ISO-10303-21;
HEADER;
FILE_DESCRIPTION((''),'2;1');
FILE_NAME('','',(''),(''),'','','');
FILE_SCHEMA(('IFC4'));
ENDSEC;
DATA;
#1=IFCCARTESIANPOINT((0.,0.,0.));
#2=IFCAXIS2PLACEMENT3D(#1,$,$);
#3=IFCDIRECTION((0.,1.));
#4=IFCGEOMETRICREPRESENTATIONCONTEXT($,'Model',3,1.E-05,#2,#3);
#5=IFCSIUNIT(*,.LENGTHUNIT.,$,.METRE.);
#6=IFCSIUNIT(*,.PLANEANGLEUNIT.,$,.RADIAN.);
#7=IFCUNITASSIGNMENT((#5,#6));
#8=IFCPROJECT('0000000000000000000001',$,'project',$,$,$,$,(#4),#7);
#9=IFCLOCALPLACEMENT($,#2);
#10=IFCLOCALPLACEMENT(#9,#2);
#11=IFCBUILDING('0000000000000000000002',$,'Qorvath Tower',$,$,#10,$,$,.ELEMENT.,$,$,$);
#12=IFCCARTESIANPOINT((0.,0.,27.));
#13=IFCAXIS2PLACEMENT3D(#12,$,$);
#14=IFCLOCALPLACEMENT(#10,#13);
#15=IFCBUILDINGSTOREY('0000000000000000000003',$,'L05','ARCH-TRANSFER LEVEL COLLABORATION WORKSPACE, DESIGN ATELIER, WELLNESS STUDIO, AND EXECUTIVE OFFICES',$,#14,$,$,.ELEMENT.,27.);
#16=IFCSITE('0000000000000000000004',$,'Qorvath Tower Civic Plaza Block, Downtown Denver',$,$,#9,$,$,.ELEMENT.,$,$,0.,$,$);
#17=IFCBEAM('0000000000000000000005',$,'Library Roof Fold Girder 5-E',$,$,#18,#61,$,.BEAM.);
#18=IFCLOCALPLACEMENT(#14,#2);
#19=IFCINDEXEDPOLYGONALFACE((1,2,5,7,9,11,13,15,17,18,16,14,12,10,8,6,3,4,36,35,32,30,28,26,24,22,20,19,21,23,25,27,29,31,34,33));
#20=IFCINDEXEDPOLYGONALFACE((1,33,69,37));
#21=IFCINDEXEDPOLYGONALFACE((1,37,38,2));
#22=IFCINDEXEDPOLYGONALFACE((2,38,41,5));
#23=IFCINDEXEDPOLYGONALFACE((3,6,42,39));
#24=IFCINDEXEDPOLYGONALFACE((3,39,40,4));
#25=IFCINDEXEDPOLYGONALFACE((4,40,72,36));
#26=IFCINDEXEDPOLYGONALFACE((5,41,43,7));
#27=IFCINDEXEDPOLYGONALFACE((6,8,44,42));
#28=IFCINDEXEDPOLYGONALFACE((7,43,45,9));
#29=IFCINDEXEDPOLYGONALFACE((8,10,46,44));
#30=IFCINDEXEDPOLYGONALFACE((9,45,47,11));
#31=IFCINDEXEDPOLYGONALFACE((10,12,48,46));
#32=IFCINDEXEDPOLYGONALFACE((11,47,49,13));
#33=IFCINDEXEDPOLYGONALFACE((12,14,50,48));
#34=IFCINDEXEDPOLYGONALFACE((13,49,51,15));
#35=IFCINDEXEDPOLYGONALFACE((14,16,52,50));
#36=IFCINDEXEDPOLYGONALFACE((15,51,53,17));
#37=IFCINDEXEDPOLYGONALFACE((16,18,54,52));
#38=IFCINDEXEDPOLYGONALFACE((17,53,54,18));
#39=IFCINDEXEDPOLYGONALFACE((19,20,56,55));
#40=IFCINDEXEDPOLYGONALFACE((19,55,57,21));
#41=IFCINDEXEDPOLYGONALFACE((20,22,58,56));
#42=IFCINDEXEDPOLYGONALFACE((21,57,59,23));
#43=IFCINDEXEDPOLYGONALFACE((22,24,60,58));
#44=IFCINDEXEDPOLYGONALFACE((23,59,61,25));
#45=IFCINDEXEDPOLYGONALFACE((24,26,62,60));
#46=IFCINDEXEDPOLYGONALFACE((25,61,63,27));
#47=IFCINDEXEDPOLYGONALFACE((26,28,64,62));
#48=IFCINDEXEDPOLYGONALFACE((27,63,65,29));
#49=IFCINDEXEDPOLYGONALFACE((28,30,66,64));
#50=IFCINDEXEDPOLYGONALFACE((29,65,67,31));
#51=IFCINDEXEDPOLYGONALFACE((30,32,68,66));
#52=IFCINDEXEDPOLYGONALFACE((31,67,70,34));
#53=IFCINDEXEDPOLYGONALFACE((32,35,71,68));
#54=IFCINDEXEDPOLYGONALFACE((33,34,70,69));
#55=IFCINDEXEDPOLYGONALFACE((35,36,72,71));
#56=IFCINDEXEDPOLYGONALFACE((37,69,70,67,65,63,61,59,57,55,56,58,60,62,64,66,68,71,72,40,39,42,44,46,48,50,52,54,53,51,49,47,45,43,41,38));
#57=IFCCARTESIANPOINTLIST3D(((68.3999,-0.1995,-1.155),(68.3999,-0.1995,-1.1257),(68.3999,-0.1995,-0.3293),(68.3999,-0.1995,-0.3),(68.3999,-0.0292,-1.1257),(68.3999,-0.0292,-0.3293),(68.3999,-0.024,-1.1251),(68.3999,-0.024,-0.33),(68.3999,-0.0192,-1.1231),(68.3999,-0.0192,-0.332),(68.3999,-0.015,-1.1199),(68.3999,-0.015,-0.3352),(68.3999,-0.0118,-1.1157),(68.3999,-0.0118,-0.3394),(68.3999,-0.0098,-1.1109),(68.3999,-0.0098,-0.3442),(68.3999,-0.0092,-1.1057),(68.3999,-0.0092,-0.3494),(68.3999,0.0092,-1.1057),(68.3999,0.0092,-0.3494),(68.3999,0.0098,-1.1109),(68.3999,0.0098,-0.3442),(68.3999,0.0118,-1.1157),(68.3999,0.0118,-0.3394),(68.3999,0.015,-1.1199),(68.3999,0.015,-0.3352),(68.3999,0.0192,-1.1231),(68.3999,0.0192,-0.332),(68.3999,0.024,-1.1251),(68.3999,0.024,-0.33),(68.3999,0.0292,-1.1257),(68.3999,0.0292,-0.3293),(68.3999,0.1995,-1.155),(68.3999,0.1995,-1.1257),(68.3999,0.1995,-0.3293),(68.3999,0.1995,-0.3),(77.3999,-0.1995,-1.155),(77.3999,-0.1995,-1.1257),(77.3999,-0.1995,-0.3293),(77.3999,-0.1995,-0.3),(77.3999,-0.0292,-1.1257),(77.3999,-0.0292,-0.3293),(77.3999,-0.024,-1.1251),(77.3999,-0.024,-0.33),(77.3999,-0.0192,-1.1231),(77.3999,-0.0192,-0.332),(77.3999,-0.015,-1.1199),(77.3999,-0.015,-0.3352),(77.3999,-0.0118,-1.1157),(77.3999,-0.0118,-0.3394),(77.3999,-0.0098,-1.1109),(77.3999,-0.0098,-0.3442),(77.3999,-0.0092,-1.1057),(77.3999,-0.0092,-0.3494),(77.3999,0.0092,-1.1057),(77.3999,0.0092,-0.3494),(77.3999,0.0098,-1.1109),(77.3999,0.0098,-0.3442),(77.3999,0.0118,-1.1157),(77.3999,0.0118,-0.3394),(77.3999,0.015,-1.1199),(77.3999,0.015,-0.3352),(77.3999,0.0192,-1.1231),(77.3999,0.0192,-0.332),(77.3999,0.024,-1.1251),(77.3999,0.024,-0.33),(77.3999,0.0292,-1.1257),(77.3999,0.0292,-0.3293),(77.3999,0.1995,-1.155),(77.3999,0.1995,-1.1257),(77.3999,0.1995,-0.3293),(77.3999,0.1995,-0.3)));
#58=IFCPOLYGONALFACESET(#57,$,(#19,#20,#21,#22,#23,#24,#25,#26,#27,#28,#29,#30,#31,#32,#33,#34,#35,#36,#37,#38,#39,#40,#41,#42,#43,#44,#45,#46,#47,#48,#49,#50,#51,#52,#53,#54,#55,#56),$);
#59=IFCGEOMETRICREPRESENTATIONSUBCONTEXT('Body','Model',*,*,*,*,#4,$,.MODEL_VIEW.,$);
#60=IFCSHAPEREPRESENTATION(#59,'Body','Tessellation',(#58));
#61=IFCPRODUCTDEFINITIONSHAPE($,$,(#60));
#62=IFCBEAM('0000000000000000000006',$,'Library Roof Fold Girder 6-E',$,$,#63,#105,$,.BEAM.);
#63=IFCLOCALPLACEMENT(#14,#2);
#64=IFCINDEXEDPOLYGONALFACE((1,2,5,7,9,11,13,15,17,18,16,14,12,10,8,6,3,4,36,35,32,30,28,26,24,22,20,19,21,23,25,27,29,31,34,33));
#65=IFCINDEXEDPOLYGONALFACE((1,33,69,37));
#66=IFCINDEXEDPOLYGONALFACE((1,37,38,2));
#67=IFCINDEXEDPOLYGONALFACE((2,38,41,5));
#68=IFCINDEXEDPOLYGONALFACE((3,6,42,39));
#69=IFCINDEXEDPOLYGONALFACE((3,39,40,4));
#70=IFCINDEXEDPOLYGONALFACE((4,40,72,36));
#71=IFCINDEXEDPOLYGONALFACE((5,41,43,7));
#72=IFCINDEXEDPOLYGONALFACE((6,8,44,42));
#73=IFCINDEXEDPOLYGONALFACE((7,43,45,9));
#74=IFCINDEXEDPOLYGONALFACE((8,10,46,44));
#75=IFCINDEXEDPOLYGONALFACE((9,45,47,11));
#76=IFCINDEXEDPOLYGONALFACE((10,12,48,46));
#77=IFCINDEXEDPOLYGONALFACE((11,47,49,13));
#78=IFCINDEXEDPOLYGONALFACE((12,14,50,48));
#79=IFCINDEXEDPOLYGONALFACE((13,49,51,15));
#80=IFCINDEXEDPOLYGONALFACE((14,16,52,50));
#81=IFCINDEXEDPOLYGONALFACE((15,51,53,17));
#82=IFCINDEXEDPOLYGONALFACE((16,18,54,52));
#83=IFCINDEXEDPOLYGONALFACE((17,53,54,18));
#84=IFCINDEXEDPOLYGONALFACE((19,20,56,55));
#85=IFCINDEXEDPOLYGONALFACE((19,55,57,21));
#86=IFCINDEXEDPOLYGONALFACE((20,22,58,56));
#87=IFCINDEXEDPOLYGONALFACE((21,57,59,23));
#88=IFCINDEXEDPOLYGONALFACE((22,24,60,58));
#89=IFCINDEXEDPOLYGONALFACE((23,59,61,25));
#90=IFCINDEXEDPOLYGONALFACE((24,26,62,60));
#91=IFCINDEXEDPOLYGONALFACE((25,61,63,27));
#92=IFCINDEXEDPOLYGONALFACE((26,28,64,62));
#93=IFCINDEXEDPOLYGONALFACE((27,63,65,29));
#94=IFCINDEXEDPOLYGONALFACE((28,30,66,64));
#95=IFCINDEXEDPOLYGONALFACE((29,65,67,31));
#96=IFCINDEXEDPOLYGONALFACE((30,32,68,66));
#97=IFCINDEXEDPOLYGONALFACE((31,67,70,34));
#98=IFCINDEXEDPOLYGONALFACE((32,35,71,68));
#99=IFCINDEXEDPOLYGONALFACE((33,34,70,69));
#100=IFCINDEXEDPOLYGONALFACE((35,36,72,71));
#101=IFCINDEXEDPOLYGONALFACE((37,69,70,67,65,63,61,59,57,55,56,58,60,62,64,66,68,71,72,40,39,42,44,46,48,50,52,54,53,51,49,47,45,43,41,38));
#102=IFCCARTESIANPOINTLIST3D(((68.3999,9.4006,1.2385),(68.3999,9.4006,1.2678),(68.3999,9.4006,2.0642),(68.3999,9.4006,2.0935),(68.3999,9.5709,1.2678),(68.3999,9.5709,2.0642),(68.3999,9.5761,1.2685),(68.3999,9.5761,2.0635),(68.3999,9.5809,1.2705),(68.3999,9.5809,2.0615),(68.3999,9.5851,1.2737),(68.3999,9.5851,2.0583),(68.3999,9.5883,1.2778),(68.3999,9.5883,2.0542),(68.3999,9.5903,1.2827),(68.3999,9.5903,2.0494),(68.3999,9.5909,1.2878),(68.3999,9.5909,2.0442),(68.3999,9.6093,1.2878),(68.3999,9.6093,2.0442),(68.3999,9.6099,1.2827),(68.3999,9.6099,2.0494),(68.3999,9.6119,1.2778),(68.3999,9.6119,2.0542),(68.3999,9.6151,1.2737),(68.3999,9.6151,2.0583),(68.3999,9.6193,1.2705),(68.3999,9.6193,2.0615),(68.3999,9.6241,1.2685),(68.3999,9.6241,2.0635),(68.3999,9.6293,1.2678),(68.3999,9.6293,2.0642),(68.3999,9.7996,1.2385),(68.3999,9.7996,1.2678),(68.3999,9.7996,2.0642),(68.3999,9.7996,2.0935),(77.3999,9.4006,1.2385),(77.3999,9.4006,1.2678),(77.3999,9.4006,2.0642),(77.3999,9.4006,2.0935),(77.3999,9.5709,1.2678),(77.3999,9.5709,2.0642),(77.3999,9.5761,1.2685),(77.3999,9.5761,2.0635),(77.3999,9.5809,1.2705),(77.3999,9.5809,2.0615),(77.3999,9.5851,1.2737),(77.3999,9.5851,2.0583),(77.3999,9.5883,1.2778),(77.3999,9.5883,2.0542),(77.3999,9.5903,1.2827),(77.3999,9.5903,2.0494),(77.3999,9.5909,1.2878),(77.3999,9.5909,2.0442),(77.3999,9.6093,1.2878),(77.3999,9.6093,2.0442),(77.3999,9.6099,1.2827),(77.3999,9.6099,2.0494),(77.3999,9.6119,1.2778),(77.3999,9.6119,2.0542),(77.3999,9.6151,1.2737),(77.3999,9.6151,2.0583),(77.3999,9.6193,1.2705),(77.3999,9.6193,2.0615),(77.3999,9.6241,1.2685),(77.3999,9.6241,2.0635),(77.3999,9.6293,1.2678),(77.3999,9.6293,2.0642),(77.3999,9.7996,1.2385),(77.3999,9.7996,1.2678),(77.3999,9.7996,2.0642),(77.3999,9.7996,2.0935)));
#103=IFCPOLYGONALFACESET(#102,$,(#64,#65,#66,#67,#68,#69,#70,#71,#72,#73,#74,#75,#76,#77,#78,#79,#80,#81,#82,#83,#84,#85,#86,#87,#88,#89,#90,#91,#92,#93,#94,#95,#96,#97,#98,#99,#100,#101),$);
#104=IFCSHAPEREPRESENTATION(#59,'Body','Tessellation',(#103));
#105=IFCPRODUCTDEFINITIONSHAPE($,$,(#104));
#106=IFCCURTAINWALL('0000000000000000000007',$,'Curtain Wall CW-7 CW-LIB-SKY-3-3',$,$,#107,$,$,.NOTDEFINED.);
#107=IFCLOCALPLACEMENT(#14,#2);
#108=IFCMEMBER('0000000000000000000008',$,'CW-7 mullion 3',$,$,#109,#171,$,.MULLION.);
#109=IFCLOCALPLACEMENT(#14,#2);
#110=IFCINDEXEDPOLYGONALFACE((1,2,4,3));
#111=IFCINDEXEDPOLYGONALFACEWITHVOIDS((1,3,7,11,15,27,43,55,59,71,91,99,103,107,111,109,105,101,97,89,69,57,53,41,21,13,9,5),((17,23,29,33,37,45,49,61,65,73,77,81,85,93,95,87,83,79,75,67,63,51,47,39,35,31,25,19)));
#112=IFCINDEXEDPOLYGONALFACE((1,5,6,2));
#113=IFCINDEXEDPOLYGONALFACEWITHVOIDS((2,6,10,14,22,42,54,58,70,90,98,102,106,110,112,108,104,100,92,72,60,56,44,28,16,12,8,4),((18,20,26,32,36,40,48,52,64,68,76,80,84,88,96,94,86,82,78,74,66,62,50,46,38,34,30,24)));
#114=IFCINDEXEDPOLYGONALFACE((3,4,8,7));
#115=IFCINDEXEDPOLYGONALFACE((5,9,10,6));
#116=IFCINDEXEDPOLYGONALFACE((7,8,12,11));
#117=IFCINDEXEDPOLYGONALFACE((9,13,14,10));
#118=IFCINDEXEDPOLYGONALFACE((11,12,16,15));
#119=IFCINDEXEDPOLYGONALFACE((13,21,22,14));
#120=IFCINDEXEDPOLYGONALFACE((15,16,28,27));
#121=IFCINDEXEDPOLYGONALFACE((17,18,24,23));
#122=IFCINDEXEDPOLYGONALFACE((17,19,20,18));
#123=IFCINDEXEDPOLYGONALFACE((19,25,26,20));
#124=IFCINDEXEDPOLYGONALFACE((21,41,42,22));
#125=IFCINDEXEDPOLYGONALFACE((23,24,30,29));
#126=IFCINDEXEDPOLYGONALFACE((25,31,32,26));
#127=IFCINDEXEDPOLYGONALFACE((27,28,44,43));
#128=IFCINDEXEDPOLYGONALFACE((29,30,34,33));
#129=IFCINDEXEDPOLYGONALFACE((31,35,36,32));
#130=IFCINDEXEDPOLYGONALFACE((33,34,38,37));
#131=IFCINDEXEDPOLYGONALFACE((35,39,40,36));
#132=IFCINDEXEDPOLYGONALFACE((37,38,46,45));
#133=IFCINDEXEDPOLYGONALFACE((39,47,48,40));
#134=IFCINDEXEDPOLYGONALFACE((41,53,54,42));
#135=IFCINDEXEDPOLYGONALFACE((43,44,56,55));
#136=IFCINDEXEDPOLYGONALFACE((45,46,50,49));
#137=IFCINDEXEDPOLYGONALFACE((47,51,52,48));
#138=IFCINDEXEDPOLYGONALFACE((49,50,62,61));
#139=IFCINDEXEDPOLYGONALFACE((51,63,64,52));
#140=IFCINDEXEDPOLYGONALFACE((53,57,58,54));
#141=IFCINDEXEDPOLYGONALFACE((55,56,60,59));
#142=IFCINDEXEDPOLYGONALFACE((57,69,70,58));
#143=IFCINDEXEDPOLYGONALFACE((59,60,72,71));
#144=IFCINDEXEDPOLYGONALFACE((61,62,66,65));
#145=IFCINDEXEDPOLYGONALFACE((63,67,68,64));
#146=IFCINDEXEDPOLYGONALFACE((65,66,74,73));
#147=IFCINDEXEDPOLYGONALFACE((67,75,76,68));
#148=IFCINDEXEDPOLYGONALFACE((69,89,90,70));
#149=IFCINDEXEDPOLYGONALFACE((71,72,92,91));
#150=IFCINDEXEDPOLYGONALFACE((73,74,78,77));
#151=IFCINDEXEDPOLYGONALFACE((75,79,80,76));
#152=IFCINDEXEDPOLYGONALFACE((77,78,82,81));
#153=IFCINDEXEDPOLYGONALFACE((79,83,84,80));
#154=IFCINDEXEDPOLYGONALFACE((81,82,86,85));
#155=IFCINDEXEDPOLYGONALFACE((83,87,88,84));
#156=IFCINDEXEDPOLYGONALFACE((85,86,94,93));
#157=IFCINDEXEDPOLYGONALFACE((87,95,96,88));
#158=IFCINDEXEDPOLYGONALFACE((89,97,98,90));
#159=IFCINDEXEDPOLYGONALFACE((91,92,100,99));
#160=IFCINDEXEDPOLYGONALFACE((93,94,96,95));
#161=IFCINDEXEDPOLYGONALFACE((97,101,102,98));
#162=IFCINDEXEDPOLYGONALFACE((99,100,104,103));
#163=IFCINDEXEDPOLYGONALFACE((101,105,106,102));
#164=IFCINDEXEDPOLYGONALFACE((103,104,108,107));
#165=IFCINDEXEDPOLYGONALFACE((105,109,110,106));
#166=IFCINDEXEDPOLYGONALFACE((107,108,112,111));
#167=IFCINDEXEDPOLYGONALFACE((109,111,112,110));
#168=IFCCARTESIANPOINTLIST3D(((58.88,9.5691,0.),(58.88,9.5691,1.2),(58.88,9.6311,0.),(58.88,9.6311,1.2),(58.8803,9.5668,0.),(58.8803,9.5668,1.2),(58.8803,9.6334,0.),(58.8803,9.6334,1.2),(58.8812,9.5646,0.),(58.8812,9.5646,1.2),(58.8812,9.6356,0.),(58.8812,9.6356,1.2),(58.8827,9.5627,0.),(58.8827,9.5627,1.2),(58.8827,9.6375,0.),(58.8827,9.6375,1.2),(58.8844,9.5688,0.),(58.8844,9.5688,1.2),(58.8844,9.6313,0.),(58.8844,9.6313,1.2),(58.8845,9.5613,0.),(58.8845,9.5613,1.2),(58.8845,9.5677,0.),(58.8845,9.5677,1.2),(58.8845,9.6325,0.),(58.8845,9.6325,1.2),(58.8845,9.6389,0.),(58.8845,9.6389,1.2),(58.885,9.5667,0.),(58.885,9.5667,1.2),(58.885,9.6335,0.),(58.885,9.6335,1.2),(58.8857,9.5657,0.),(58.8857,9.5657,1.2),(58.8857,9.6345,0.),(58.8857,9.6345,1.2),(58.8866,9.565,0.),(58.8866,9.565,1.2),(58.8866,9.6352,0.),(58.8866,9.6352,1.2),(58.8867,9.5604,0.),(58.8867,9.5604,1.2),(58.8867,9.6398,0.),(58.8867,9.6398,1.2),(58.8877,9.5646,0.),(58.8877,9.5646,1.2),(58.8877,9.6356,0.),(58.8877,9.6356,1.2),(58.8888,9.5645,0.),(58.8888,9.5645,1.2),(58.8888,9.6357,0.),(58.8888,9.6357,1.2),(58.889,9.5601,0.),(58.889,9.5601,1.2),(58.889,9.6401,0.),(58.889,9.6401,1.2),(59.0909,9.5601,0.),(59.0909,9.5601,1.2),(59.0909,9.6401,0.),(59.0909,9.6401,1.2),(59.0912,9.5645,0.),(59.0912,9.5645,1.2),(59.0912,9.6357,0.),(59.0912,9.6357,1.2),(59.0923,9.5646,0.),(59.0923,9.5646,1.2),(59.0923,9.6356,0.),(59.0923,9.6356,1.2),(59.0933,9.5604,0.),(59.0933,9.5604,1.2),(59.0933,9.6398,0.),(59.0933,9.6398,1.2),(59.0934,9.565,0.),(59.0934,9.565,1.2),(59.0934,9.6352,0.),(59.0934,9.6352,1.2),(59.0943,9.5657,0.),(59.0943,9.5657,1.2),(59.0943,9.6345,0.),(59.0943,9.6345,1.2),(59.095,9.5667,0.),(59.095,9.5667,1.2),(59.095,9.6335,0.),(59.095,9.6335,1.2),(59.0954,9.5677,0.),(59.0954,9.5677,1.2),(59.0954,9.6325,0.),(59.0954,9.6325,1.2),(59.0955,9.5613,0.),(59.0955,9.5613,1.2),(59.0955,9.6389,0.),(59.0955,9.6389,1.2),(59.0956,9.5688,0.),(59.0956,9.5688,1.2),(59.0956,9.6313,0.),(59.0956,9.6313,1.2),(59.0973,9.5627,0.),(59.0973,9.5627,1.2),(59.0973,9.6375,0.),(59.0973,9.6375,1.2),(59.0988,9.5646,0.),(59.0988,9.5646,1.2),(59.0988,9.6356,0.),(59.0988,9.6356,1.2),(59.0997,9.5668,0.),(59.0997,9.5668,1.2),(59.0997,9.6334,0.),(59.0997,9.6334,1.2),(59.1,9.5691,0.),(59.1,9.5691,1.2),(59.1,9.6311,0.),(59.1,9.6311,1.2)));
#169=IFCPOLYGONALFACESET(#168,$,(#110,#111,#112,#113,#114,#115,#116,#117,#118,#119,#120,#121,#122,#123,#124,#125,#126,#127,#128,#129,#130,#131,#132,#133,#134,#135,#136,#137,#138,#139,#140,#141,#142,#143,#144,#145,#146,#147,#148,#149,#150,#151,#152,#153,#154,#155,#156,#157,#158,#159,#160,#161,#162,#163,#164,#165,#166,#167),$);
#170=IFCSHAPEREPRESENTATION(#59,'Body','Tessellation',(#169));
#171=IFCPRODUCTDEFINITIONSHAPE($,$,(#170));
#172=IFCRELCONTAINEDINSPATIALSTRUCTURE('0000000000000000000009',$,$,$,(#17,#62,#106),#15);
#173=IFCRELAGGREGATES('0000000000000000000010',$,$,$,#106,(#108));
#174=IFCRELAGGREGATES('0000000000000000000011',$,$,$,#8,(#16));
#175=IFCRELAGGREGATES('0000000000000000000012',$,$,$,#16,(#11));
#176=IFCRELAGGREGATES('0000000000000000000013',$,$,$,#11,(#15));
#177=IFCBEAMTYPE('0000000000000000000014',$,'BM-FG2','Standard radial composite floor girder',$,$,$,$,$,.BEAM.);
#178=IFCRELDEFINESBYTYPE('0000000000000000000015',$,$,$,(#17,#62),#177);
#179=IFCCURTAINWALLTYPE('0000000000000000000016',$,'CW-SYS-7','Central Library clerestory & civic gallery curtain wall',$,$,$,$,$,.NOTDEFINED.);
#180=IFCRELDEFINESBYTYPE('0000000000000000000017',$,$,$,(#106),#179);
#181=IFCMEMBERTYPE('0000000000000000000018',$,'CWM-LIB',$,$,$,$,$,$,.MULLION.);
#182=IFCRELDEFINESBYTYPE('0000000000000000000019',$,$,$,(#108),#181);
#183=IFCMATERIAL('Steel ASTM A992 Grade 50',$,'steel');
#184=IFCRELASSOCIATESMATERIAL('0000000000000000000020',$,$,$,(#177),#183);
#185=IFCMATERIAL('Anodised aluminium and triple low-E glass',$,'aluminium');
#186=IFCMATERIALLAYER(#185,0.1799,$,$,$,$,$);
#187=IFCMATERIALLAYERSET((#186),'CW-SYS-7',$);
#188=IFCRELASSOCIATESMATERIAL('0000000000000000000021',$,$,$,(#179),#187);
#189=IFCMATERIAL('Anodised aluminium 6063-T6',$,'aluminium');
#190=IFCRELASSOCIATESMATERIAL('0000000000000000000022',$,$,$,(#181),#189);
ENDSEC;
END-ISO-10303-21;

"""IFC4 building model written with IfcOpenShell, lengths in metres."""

from ifc_helpers import new_model, si_unit, direction, frame, origin, origin_2d, place, context, subcontext, project, spatial, hollow_rectangle, i_section, extrude, material, layer, layer_set, material_profile, profile_set, type_object, element, aggregate, save


model = new_model("IFC4")

# Units and contexts
model_context = context("Model", 3, precision=1e-05, world=origin(), true_north=direction((0.0, 1.0)))
body_context = subcontext(model_context, "Body", "Model", "MODEL_VIEW")
ifc_project = project(units=[si_unit("LENGTHUNIT", "METRE"), si_unit("PLANEANGLEUNIT", "RADIAN")], contexts=[model_context])

# Site, building, storey
site_placement = place(None, origin())
site = spatial("IfcSite", under=ifc_project, at=site_placement, Name="Qorvath Tower Civic Plaza Block, Downtown Denver", CompositionType="ELEMENT", RefElevation=0.0)
building_placement = place(site_placement, origin())
building = spatial("IfcBuilding", under=site, at=building_placement, Name="Qorvath Tower", CompositionType="ELEMENT")
storey_placement = place(building_placement, frame((0.0, 0.0, 27.0)))
storey = spatial("IfcBuildingStorey", under=building, at=storey_placement, Name="L05", Description="ARCH-TRANSFER LEVEL COLLABORATION WORKSPACE, DESIGN ATELIER, WELLNESS STUDIO, AND EXECUTIVE OFFICES", CompositionType="ELEMENT", Elevation=27.0)

# Beams
ifc_material_1 = material(Name="Steel ASTM A992 Grade 50", Category="steel")
ifc_material_profile_1 = material_profile(ifc_material_1, i_section(OverallWidth=0.3989, OverallDepth=0.855, WebThickness=0.0183, FlangeThickness=0.0293, FilletRadius=0.02, at=origin_2d()), Name="W33x201")
ifc_profile_set_1 = profile_set([ifc_material_profile_1], Name="Steel ASTM A992 Grade 50")
beam_type = type_object("IfcBeamType", Name="BM-FG2", Description="Standard radial composite floor girder", PredefinedType="BEAM", material=ifc_profile_set_1)
for number, where, z_axis, x_axis, name in (
    (1, (68.3999, 0.0, -0.7275), (1.0, 0.0, 0.0), (0.0, 1.0, 0.0), "Library Roof Fold Girder 5-E"),
    (2, (68.3999, 9.6001, 1.666), (1.0, 0.0, 0.0), (0.0, 1.0, 0.0), "Library Roof Fold Girder 6-E"),
):
    element("IfcBeam", number, at=place(storey_placement, frame(where, z_axis=z_axis, x_axis=x_axis)), inside=storey, type_object=beam_type, Name=name, PredefinedType="BEAM", context=body_context, shape_type="SweptSolid", body=[
        extrude(i_section(OverallWidth=0.3989, OverallDepth=0.855, WebThickness=0.0183, FlangeThickness=0.0293, FilletRadius=0.02, at=origin_2d()), origin(), (0.0, 0.0, 1.0), 9.0),
    ])

# Curtain wall, member
ifc_material_2 = material(Name="Anodised aluminium and triple low-E glass", Category="aluminium")
ifc_layer_1 = layer(ifc_material_2, 0.1799)
ifc_layer_set_1 = layer_set([ifc_layer_1], Name="CW-SYS-7")
curtain_wall_type = type_object("IfcCurtainWallType", Name="CW-SYS-7", Description="Central Library clerestory & civic gallery curtain wall", PredefinedType="NOTDEFINED", material=ifc_layer_set_1)
curtain_wall_1_placement = place(storey_placement, origin())
curtain_wall_1 = element("IfcCurtainWall", 3, at=curtain_wall_1_placement, inside=storey, type_object=curtain_wall_type, Name="Curtain Wall CW-7 CW-LIB-SKY-3-3", PredefinedType="NOTDEFINED")
ifc_material_3 = material(Name="Anodised aluminium 6063-T6", Category="aluminium")
ifc_material_profile_2 = material_profile(ifc_material_3, hollow_rectangle(XDim=0.0801, YDim=0.22, WallThickness=0.0044, InnerFilletRadius=0.0044, OuterFilletRadius=0.009, at=origin_2d()), Name="CWM LIB 220x80")
ifc_profile_set_2 = profile_set([ifc_material_profile_2], Name="Anodised aluminium 6063-T6")
member_type_1 = type_object("IfcMemberType", Name="CWM-LIB", PredefinedType="MULLION", material=ifc_profile_set_2)
member_1_placement = place(storey_placement, frame((58.99, 9.6001, 0.0), z_axis=(0.0, 0.0, 1.0), x_axis=(0.0, 1.0, 0.0)))
member_1 = element("IfcMember", 4, at=member_1_placement, type_object=member_type_1, Name="CW-7 mullion 3", PredefinedType="MULLION", context=body_context, shape_type="SweptSolid", body=[
    extrude(hollow_rectangle(XDim=0.0801, YDim=0.22, WallThickness=0.0044, InnerFilletRadius=0.0044, OuterFilletRadius=0.009, at=origin_2d()), origin(), (0.0, 0.0, 1.0), 1.2),
])
aggregate(curtain_wall_1, [member_1])

save(model, "model.ifc")
